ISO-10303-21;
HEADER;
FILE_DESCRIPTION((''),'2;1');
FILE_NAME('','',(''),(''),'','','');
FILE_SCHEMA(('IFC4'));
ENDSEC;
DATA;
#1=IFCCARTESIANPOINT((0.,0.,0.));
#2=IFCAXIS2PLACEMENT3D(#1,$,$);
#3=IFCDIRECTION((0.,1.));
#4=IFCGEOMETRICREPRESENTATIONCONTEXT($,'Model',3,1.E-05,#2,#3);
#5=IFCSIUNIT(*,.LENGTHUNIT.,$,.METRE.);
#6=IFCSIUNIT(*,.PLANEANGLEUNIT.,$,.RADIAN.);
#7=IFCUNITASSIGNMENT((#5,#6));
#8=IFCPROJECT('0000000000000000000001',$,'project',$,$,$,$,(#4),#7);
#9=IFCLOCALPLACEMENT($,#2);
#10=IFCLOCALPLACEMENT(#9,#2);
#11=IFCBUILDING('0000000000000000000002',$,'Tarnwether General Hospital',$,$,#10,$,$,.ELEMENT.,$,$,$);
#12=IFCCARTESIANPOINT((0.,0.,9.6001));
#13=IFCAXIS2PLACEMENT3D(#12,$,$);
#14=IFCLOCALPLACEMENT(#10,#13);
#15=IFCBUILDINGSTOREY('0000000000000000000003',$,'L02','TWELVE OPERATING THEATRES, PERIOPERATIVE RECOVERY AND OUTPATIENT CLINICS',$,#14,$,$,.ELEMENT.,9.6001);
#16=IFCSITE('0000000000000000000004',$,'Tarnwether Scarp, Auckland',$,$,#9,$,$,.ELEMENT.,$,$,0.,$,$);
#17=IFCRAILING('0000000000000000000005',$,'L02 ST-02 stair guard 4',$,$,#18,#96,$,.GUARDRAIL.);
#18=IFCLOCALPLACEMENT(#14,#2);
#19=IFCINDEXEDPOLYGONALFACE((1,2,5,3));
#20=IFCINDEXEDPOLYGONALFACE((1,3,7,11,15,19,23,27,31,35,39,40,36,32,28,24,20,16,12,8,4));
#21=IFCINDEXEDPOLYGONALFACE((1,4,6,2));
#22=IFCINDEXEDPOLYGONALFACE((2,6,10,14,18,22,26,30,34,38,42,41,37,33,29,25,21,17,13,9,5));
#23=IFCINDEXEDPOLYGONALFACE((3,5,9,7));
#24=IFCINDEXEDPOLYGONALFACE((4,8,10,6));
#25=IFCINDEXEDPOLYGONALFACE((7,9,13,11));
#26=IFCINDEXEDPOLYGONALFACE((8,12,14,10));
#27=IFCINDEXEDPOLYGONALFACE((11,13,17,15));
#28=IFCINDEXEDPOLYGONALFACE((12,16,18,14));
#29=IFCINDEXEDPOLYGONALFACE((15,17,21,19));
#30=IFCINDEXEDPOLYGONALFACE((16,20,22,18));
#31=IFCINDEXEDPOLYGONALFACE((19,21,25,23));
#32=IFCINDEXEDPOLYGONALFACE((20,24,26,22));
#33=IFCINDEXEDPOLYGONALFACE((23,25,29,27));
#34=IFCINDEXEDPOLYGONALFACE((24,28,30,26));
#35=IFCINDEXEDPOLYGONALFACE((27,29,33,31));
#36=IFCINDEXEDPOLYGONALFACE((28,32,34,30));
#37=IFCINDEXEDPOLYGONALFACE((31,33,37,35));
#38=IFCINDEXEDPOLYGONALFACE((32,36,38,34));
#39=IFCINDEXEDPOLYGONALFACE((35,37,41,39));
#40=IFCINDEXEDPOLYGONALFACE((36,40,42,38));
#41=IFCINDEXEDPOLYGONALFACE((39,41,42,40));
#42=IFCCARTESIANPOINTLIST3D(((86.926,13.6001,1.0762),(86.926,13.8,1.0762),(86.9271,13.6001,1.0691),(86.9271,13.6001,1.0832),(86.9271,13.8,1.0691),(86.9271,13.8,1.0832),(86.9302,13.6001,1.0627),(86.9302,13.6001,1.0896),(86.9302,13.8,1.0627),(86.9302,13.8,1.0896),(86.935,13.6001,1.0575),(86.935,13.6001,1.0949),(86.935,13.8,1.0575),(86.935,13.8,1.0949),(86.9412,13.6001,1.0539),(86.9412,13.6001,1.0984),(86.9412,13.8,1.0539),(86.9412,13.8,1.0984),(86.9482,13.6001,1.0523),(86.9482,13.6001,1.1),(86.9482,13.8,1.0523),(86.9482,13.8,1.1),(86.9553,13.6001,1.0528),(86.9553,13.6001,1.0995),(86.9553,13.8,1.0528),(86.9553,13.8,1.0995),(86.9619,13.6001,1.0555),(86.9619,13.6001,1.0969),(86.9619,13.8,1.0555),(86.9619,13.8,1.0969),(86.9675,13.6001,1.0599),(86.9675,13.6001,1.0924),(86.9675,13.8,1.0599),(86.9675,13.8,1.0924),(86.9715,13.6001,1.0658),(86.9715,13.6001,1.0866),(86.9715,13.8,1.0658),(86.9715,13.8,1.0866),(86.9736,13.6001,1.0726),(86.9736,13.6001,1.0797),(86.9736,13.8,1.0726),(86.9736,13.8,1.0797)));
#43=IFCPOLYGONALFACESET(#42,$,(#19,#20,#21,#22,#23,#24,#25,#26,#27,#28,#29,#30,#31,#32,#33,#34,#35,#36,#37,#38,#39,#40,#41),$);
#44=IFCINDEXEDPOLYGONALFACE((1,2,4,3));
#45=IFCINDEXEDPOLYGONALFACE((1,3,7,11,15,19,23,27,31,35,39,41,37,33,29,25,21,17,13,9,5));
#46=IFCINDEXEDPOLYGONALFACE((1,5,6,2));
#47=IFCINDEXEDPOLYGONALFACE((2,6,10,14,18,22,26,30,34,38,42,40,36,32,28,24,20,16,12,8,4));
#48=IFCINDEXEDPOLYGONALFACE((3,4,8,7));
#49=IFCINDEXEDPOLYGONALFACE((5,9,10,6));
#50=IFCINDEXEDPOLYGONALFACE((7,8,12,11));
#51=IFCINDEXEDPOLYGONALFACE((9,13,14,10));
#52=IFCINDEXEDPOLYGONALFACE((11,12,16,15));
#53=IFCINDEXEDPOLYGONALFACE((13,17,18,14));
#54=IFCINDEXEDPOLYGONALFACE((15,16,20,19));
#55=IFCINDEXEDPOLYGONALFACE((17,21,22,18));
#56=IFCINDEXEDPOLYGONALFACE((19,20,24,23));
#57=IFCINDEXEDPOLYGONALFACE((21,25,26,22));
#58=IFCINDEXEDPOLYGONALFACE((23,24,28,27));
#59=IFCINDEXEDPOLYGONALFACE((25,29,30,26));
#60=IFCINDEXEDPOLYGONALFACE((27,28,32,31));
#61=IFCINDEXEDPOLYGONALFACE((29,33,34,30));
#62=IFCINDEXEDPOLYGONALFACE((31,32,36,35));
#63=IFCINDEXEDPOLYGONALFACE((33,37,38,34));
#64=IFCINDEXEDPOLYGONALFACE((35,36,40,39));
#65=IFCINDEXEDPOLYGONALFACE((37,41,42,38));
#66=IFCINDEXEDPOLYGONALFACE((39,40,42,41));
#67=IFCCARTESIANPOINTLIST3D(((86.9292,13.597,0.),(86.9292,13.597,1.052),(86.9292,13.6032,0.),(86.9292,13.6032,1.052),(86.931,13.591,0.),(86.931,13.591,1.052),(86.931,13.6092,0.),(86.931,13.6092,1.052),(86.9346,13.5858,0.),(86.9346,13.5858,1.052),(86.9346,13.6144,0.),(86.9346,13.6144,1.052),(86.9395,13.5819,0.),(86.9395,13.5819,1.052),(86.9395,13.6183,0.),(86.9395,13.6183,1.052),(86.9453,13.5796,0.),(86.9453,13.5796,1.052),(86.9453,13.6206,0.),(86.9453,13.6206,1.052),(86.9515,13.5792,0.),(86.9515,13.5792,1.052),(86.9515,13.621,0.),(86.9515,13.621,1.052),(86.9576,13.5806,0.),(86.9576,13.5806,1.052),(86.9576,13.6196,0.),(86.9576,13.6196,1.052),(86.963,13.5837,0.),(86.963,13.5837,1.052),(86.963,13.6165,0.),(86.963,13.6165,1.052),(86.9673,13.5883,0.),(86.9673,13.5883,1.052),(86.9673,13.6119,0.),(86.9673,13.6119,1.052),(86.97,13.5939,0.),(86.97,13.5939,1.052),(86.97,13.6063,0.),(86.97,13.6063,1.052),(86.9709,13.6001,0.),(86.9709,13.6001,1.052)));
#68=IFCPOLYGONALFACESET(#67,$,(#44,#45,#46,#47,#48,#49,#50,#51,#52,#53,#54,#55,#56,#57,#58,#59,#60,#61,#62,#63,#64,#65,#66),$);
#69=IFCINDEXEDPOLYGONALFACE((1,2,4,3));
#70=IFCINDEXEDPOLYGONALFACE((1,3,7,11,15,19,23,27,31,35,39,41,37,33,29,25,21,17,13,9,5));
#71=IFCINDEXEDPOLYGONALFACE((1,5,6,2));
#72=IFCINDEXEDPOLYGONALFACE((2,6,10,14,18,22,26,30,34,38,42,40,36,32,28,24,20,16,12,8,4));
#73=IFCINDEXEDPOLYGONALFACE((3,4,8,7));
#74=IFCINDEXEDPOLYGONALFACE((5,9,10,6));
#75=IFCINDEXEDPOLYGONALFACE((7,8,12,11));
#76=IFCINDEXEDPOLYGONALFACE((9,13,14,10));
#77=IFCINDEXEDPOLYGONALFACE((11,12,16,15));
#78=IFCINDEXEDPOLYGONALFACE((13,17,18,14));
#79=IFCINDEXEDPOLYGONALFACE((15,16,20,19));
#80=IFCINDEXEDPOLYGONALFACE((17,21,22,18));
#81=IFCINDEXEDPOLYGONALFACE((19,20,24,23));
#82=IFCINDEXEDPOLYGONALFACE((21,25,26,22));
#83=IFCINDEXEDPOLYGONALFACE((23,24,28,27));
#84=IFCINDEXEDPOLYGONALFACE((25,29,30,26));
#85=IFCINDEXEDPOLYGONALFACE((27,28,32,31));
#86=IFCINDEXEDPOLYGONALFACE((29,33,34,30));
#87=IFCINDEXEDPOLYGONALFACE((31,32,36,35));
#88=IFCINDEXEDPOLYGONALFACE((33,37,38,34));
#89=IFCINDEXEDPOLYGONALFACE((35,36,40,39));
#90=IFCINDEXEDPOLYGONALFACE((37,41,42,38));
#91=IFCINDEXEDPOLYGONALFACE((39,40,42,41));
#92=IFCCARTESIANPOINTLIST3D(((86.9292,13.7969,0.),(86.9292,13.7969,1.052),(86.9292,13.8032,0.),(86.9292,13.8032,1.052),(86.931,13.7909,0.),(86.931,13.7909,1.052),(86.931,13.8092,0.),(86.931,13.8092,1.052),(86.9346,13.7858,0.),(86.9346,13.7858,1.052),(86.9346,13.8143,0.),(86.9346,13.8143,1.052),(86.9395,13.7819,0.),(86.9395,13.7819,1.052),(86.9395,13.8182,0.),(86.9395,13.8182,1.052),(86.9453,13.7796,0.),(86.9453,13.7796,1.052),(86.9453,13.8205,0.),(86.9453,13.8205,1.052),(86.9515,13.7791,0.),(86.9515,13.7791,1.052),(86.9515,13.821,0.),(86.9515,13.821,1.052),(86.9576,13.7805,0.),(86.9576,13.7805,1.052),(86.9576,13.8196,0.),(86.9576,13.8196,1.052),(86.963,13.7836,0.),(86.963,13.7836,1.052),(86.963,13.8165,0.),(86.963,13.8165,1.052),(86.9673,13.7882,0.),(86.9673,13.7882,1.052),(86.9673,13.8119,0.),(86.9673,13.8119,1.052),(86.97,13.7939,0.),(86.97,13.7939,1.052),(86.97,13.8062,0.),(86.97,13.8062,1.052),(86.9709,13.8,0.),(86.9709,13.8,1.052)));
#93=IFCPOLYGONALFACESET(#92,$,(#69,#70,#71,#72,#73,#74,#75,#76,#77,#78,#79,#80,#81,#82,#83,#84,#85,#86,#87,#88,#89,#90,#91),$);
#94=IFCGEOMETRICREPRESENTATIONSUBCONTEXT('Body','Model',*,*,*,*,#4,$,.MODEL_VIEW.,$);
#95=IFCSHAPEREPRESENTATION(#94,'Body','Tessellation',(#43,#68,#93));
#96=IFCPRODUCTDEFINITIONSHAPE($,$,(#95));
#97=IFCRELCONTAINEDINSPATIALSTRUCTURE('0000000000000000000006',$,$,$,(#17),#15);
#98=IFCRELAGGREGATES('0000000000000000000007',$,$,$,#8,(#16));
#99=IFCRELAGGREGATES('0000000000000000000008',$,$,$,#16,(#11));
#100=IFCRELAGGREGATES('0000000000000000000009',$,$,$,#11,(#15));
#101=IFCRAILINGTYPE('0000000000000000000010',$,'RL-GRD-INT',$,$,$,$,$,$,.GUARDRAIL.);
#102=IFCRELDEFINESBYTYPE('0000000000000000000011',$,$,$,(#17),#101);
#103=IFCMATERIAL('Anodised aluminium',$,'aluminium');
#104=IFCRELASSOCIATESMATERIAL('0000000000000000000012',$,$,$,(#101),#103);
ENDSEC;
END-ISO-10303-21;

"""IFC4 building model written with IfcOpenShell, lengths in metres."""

from ifc_helpers import new_model, si_unit, direction, frame, origin, origin_2d, place, context, subcontext, project, spatial, circle, extrude, material, type_object, element, save


model = new_model("IFC4")

# Units and contexts
model_context = context("Model", 3, precision=1e-05, world=origin(), true_north=direction((0.0, 1.0)))
body_context = subcontext(model_context, "Body", "Model", "MODEL_VIEW")
ifc_project = project(units=[si_unit("LENGTHUNIT", "METRE"), si_unit("PLANEANGLEUNIT", "RADIAN")], contexts=[model_context])

# Site, building, storey
site_placement = place(None, origin())
site = spatial("IfcSite", under=ifc_project, at=site_placement, Name="Tarnwether Scarp, Auckland", CompositionType="ELEMENT", RefElevation=0.0)
building_placement = place(site_placement, origin())
building = spatial("IfcBuilding", under=site, at=building_placement, Name="Tarnwether General Hospital", CompositionType="ELEMENT")
storey_placement = place(building_placement, frame((0.0, 0.0, 9.6001)))
storey = spatial("IfcBuildingStorey", under=building, at=storey_placement, Name="L02", Description="TWELVE OPERATING THEATRES, PERIOPERATIVE RECOVERY AND OUTPATIENT CLINICS", CompositionType="ELEMENT", Elevation=9.6001)

# Railing
ifc_material_1 = material(Name="Anodised aluminium", Category="aluminium")
railing_type_1 = type_object("IfcRailingType", Name="RL-GRD-INT", PredefinedType="GUARDRAIL", material=ifc_material_1)
railing_1_placement = place(storey_placement, frame((86.95, 13.6001, 0.0)))
element("IfcRailing", 1, at=railing_1_placement, inside=storey, type_object=railing_type_1, Name="L02 ST-02 stair guard 4", PredefinedType="GUARDRAIL", context=body_context, shape_type="SweptSolid", body=[
    extrude(circle(Radius=0.0239, at=origin_2d()), frame((0.0, 0.0, 1.0762), z_axis=(0.0, 1.0, 0.0), x_axis=(-1.0, 0.0, 0.0)), (0.0, 0.0, 1.0), 0.2),
    extrude(circle(Radius=0.021, at=origin_2d()), origin(), (0.0, 0.0, 1.0), 1.052),
    extrude(circle(Radius=0.021, at=origin_2d()), frame((0.0, 0.2, 0.0)), (0.0, 0.0, 1.0), 1.052),
])

save(model, "model.ifc")
